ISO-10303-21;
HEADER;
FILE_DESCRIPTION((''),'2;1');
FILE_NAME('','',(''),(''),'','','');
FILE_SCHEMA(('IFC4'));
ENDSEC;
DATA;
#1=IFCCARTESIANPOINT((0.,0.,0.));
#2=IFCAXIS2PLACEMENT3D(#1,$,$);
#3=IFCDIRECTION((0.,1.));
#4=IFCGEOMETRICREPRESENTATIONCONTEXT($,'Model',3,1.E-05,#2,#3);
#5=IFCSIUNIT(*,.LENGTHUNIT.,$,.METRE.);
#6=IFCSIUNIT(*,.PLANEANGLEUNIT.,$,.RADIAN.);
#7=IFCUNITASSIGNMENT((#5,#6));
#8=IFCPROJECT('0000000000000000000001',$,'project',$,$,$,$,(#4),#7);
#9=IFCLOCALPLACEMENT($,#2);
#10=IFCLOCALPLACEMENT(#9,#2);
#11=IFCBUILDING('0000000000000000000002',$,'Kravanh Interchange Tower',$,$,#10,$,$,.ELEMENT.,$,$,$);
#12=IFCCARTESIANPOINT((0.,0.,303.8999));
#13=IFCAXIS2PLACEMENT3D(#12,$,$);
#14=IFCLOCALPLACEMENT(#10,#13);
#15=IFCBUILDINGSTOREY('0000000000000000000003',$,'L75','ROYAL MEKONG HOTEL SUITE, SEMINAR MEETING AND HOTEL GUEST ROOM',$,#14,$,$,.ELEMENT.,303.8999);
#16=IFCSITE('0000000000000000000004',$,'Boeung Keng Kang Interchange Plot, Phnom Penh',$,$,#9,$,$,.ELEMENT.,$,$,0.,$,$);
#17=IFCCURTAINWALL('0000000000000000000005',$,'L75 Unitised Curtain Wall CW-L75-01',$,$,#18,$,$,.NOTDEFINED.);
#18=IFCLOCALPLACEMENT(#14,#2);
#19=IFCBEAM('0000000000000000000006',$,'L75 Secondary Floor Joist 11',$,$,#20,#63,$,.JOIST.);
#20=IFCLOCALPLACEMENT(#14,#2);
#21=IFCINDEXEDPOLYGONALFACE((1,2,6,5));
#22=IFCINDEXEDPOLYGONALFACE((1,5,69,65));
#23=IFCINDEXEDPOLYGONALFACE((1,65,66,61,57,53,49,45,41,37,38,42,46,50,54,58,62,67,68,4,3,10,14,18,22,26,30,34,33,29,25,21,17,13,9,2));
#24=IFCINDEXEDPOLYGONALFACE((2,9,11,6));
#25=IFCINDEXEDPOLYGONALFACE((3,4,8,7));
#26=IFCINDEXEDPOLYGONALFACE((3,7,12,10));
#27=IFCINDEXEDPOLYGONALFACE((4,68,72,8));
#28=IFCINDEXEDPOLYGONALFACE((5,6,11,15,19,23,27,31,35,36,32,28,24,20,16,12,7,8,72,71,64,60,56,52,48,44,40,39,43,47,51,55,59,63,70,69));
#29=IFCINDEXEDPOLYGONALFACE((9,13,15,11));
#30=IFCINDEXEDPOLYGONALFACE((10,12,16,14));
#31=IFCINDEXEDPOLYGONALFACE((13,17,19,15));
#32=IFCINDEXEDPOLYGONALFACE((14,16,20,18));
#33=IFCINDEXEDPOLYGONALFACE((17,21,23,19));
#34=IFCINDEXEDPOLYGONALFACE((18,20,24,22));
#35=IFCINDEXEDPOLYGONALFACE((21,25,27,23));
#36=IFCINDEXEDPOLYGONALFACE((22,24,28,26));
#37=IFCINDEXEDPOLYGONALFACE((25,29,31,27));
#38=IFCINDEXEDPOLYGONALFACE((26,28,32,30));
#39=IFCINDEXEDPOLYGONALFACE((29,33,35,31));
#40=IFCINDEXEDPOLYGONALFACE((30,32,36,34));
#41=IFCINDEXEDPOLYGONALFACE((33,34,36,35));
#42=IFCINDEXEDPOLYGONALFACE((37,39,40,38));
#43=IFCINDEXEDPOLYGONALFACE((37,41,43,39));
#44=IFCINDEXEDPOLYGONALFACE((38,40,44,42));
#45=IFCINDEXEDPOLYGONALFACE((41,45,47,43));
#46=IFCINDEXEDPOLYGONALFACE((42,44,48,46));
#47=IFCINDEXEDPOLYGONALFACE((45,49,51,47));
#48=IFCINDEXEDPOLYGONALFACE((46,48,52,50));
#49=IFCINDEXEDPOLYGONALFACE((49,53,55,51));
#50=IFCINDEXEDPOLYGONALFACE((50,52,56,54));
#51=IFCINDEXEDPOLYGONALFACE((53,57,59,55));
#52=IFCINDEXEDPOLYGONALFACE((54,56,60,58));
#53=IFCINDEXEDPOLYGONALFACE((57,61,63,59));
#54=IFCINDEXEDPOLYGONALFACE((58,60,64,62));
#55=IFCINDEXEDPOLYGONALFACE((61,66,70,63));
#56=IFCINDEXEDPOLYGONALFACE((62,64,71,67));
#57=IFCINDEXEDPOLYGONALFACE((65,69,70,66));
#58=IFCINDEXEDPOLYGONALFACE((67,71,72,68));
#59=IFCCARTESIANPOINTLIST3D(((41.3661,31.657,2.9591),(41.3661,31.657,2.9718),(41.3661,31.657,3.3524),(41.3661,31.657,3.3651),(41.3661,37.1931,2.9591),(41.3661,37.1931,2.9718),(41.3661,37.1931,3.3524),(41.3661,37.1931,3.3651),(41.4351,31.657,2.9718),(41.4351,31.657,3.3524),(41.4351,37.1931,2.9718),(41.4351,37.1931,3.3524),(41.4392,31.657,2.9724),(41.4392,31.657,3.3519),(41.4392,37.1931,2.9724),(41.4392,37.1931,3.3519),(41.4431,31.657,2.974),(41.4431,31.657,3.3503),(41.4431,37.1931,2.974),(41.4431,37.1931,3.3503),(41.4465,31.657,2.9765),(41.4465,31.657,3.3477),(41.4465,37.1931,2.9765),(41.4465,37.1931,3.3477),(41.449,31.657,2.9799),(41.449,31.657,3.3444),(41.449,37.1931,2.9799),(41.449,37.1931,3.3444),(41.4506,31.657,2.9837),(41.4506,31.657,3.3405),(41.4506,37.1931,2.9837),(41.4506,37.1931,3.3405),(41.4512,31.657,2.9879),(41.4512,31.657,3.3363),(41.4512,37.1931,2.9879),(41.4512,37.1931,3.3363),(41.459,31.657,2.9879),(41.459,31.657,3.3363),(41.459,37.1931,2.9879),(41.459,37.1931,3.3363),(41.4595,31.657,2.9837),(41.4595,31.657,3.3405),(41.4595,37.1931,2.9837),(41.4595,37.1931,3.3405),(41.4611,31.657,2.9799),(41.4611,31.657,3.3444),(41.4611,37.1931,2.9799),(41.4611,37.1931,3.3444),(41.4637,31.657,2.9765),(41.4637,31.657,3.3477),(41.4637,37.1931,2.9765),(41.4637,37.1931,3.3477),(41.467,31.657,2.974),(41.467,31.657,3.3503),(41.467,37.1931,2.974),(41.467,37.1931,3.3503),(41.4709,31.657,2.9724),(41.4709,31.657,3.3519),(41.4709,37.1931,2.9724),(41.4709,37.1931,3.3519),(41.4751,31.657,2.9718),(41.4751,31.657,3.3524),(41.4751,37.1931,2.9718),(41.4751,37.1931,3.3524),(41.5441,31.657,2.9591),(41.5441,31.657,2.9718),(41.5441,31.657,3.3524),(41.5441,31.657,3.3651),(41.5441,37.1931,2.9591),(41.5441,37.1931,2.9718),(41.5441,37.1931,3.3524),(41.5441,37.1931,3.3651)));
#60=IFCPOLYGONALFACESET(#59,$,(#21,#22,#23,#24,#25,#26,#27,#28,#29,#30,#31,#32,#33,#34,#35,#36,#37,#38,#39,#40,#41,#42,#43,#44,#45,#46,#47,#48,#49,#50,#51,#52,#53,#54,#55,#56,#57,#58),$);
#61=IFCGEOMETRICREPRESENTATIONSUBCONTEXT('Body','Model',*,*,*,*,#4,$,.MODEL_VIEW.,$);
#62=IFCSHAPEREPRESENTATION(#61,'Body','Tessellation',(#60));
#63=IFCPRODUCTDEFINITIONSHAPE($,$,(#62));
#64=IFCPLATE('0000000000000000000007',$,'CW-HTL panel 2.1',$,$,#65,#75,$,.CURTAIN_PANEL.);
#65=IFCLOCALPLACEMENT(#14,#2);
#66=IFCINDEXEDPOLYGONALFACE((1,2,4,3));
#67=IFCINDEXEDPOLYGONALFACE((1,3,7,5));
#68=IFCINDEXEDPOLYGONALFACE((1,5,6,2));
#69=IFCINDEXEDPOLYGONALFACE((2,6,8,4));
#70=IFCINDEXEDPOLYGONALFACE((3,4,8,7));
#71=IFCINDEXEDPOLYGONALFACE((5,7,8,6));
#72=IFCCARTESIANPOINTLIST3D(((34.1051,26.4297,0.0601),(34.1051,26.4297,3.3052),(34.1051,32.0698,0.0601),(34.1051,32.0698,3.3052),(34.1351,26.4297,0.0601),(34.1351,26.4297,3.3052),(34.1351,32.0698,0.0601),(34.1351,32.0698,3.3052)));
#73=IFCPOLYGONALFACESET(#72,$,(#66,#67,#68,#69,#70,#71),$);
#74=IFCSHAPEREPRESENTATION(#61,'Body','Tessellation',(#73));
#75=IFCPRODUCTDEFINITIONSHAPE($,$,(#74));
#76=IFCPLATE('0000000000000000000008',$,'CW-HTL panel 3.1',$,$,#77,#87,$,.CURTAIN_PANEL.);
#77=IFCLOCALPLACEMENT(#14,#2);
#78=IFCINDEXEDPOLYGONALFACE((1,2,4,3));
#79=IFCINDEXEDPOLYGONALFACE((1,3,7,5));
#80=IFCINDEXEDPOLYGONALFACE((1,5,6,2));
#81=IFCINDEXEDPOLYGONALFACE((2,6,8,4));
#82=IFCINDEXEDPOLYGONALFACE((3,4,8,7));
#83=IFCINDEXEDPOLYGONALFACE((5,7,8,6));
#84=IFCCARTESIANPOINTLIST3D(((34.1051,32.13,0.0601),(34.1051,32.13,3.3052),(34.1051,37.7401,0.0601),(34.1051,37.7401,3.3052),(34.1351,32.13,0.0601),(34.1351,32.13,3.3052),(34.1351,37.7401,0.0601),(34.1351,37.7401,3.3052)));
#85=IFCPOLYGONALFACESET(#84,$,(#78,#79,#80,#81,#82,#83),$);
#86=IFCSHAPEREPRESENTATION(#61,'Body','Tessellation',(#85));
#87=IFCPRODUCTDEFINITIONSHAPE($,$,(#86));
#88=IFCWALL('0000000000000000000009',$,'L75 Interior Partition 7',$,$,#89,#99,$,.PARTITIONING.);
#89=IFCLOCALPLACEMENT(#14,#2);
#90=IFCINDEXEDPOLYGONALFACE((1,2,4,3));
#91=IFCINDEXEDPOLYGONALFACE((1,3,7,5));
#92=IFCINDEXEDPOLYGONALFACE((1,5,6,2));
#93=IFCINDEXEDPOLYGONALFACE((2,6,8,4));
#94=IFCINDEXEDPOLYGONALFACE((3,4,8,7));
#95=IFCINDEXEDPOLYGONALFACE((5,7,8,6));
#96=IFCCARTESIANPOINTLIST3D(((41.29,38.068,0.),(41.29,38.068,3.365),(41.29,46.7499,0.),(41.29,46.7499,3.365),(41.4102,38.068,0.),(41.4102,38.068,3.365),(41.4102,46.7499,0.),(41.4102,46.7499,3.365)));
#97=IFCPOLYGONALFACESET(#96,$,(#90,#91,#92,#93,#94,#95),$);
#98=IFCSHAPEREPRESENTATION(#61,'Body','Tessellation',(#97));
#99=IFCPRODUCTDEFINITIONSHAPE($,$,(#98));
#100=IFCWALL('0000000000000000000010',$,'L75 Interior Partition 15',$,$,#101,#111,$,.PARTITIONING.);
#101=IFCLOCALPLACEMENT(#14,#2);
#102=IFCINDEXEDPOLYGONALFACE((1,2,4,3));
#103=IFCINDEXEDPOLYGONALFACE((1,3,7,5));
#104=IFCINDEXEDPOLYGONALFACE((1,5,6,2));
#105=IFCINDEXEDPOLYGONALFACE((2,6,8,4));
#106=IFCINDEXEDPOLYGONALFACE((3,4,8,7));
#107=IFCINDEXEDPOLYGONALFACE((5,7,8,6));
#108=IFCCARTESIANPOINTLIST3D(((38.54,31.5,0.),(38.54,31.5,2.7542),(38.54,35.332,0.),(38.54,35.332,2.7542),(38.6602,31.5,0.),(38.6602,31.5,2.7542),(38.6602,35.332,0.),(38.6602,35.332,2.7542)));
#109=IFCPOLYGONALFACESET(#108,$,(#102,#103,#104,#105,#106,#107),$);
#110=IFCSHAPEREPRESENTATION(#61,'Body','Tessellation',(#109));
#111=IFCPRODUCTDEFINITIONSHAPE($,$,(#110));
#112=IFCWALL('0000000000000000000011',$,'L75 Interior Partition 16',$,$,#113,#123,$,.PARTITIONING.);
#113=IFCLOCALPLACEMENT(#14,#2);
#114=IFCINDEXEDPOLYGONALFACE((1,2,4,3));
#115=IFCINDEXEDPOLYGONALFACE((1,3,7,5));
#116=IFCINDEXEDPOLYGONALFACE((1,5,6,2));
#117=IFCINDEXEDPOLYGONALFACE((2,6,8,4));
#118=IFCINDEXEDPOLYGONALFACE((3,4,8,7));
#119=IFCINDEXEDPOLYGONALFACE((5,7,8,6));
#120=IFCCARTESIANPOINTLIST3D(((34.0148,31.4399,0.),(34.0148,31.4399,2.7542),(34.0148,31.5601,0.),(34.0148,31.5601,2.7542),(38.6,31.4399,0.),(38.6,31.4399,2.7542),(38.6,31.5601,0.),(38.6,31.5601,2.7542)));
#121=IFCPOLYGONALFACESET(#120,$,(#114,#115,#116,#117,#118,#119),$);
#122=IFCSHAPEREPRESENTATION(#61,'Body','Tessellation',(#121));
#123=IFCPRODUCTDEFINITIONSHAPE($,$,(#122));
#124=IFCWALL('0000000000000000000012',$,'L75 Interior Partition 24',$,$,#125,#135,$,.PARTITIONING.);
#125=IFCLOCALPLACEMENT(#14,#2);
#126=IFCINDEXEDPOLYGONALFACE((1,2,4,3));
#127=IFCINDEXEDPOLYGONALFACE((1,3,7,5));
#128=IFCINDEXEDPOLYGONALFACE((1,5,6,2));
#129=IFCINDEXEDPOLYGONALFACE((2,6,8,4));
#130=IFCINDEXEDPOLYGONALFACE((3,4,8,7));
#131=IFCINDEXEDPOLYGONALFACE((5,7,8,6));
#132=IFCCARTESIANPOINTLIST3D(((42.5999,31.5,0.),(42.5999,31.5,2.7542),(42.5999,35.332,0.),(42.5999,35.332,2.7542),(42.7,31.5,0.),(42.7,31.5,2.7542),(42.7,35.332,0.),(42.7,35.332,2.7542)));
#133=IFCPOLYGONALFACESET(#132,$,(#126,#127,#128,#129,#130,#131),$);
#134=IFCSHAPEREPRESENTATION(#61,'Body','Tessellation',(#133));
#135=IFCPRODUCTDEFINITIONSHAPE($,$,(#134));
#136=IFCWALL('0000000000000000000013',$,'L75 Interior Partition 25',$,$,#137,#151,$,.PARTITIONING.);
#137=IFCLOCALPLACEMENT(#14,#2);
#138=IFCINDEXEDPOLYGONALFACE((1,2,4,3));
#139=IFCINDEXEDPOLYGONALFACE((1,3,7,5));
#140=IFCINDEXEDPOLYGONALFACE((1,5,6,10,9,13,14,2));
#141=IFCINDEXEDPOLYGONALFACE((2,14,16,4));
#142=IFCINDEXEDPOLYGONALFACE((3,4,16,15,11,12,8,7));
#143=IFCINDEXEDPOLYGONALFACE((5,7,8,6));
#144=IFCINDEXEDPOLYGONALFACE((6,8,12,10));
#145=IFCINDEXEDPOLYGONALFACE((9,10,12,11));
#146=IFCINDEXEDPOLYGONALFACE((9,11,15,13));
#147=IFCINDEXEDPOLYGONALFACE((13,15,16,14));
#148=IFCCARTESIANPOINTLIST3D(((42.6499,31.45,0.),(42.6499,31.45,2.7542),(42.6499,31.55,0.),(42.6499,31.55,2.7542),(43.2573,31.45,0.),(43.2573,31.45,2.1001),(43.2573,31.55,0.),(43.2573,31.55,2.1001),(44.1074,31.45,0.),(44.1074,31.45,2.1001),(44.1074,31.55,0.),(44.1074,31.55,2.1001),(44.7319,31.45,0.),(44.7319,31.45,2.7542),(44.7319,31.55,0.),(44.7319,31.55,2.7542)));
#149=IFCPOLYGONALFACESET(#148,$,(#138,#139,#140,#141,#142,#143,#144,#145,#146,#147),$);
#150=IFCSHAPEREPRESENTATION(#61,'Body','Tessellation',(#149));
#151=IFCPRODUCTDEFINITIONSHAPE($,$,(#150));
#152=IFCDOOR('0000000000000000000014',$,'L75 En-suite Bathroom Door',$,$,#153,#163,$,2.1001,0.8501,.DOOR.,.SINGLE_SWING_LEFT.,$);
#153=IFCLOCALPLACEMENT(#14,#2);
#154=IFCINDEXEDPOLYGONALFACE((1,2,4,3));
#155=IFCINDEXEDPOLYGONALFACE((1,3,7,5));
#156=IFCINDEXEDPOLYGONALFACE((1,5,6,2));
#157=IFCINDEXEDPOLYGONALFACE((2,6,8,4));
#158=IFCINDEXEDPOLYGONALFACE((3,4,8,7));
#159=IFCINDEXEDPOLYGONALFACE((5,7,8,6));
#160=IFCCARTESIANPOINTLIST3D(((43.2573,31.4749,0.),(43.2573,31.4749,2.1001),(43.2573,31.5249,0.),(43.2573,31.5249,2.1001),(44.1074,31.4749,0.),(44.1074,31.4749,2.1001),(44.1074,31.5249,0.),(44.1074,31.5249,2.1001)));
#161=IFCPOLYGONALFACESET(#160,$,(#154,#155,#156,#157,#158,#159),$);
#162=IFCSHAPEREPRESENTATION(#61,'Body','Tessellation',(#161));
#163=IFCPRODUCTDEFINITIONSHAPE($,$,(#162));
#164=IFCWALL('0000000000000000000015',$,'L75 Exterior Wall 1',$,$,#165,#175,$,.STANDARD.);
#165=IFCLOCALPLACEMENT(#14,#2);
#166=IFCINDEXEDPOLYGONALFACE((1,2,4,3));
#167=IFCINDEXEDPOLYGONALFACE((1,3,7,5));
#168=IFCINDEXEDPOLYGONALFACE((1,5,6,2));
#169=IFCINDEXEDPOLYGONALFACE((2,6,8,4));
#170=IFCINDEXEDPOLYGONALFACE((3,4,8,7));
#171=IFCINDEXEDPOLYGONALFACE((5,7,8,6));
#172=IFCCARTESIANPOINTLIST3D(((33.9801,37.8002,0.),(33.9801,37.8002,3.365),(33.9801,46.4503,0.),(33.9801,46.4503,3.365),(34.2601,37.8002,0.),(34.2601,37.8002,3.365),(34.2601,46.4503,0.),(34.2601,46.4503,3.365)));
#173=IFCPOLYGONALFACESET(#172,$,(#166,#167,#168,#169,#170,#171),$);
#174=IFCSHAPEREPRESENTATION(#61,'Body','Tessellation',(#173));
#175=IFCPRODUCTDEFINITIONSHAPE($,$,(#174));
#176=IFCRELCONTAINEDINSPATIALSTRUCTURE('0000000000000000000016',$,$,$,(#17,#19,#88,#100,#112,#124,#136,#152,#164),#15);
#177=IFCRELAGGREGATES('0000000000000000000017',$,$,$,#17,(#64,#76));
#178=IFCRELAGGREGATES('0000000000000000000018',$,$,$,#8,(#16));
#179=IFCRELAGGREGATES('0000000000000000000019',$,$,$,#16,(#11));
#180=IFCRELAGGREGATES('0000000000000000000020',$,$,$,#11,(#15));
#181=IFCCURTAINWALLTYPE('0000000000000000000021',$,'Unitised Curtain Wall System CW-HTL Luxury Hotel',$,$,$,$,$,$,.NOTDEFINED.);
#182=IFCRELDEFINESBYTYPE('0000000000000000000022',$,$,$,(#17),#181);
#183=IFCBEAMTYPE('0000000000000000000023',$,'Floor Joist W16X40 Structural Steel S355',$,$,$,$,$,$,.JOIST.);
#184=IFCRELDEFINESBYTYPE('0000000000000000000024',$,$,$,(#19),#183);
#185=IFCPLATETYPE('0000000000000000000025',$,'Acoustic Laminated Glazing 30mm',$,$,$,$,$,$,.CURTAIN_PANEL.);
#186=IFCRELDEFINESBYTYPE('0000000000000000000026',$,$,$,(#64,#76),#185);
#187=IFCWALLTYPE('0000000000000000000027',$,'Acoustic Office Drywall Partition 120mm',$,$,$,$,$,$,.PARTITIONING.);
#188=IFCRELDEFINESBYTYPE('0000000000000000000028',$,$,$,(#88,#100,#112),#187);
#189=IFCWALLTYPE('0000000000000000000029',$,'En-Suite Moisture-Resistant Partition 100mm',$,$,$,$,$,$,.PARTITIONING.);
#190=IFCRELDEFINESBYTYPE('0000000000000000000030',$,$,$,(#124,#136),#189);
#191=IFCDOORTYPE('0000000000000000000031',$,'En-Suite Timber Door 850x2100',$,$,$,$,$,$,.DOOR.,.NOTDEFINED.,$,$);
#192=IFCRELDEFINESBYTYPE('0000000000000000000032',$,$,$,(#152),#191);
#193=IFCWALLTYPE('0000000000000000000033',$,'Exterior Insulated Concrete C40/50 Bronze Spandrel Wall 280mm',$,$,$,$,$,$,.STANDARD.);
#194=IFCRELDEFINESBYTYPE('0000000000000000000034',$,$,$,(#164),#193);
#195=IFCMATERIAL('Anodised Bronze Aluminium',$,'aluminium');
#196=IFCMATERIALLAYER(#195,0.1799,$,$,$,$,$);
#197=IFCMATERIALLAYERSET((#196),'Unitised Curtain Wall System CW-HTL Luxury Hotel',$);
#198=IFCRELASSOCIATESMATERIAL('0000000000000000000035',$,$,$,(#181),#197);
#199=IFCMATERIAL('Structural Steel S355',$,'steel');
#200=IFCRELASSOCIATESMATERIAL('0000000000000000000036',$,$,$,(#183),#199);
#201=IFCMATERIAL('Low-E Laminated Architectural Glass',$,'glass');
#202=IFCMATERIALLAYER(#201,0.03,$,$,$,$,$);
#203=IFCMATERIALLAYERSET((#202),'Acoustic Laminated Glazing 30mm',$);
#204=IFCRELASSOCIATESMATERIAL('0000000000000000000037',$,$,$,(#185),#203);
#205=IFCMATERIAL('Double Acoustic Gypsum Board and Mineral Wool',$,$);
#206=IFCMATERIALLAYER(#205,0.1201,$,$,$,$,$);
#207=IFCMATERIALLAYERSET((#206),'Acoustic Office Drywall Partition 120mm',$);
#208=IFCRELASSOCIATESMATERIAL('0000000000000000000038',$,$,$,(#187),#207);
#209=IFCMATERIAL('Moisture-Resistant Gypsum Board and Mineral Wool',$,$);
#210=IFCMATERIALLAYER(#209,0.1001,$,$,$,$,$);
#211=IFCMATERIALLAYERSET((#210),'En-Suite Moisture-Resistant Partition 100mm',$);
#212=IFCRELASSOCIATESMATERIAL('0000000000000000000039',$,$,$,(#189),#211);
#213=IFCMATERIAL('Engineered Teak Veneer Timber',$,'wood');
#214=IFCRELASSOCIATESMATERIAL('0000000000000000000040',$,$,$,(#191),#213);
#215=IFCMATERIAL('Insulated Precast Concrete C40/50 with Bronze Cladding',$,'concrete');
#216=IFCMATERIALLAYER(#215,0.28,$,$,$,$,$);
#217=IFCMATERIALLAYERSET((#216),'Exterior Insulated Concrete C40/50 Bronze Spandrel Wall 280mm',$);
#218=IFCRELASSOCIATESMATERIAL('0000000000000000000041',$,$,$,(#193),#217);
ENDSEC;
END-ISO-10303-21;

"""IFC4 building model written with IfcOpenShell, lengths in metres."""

from ifc_helpers import new_model, si_unit, direction, frame, frame_2d, origin, origin_2d, place, context, subcontext, project, spatial, rectangle, i_section, extrude, material, layer, layer_set, material_profile, profile_set, type_object, element, fill, aggregate, save


model = new_model("IFC4")

# Units and contexts
model_context = context("Model", 3, precision=1e-05, world=origin(), true_north=direction((0.0, 1.0)))
body_context = subcontext(model_context, "Body", "Model", "MODEL_VIEW")
ifc_project = project(units=[si_unit("LENGTHUNIT", "METRE"), si_unit("PLANEANGLEUNIT", "RADIAN")], contexts=[model_context])

# Site, building, storey
site_placement = place(None, origin())
site = spatial("IfcSite", under=ifc_project, at=site_placement, Name="Boeung Keng Kang Interchange Plot, Phnom Penh", CompositionType="ELEMENT", RefElevation=0.0)
building_placement = place(site_placement, origin())
building = spatial("IfcBuilding", under=site, at=building_placement, Name="Kravanh Interchange Tower", CompositionType="ELEMENT")
storey_placement = place(building_placement, frame((0.0, 0.0, 303.8999)))
storey = spatial("IfcBuildingStorey", under=building, at=storey_placement, Name="L75", Description="ROYAL MEKONG HOTEL SUITE, SEMINAR MEETING AND HOTEL GUEST ROOM", CompositionType="ELEMENT", Elevation=303.8999)

# Curtain wall
ifc_material_1 = material(Name="Anodised Bronze Aluminium", Category="aluminium")
ifc_layer_1 = layer(ifc_material_1, 0.1799)
ifc_layer_set_1 = layer_set([ifc_layer_1], Name="Unitised Curtain Wall System CW-HTL Luxury Hotel")
curtain_wall_type = type_object("IfcCurtainWallType", Name="Unitised Curtain Wall System CW-HTL Luxury Hotel", PredefinedType="NOTDEFINED", material=ifc_layer_set_1)
curtain_wall_placement = place(storey_placement, origin())
curtain_wall = element("IfcCurtainWall", 1, at=curtain_wall_placement, inside=storey, type_object=curtain_wall_type, Name="L75 Unitised Curtain Wall CW-L75-01", PredefinedType="NOTDEFINED")

# Beam
ifc_material_2 = material(Name="Structural Steel S355", Category="steel")
ifc_material_profile_1 = material_profile(ifc_material_2, i_section(OverallWidth=0.178, OverallDepth=0.406, WebThickness=0.0078, FlangeThickness=0.0127, FilletRadius=0.0161, at=origin_2d()), Name="W16X40")
ifc_profile_set_1 = profile_set([ifc_material_profile_1], Name="Structural Steel S355")
beam_type_1 = type_object("IfcBeamType", Name="Floor Joist W16X40 Structural Steel S355", PredefinedType="JOIST", material=ifc_profile_set_1)
for number, where, z_axis, x_axis, name in (
    (2, (41.4551, 31.657, 3.1621), (0.0, 1.0, 0.0), (-1.0, 0.0, 0.0), "L75 Secondary Floor Joist 11"),
):
    element("IfcBeam", number, at=place(storey_placement, frame(where, z_axis=z_axis, x_axis=x_axis)), inside=storey, type_object=beam_type_1, Name=name, PredefinedType="JOIST", context=body_context, shape_type="SweptSolid", body=[
        extrude(i_section(OverallWidth=0.178, OverallDepth=0.406, WebThickness=0.0078, FlangeThickness=0.0127, FilletRadius=0.0161, at=origin_2d()), origin(), (0.0, 0.0, 1.0), 5.5361),
    ])

# Plates
ifc_material_3 = material(Name="Low-E Laminated Architectural Glass", Category="glass")
ifc_layer_2 = layer(ifc_material_3, 0.03)
ifc_layer_set_2 = layer_set([ifc_layer_2], Name="Acoustic Laminated Glazing 30mm")
plate_type = type_object("IfcPlateType", Name="Acoustic Laminated Glazing 30mm", PredefinedType="CURTAIN_PANEL", material=ifc_layer_set_2)
plate_1_placement = place(storey_placement, frame((34.1201, 29.2498, 0.0601), z_axis=(0.0, 0.0, 1.0), x_axis=(0.0, 1.0, 0.0)))
plate_1 = element("IfcPlate", 3, at=plate_1_placement, type_object=plate_type, Name="CW-HTL panel 2.1", PredefinedType="CURTAIN_PANEL", context=body_context, shape_type="SweptSolid", body=[
    extrude(rectangle(XDim=5.6401, YDim=0.03, at=origin_2d()), origin(), (0.0, 0.0, 1.0), 3.2451),
])
plate_2_placement = place(storey_placement, frame((34.1201, 34.9351, 0.0601), z_axis=(0.0, 0.0, 1.0), x_axis=(0.0, 1.0, 0.0)))
plate_2 = element("IfcPlate", 4, at=plate_2_placement, type_object=plate_type, Name="CW-HTL panel 3.1", PredefinedType="CURTAIN_PANEL", context=body_context, shape_type="SweptSolid", body=[
    extrude(rectangle(XDim=5.6101, YDim=0.03, at=origin_2d()), origin(), (0.0, 0.0, 1.0), 3.2451),
])
aggregate(curtain_wall, [plate_1, plate_2])

# Walls
ifc_material_4 = material(Name="Double Acoustic Gypsum Board and Mineral Wool")
ifc_layer_3 = layer(ifc_material_4, 0.1201)
ifc_layer_set_3 = layer_set([ifc_layer_3], Name="Acoustic Office Drywall Partition 120mm")
wall_type_1 = type_object("IfcWallType", Name="Acoustic Office Drywall Partition 120mm", PredefinedType="PARTITIONING", material=ifc_layer_set_3)
wall_1_placement = place(storey_placement, frame((41.3501, 38.0681, 0.0), z_axis=(0.0, 0.0, 1.0), x_axis=(0.0, 1.0, 0.0)))
element("IfcWall", 5, at=wall_1_placement, inside=storey, type_object=wall_type_1, Name="L75 Interior Partition 7", PredefinedType="PARTITIONING", context=body_context, shape_type="SweptSolid", body=[
    extrude(rectangle(XDim=8.6819, YDim=0.1201, at=frame_2d((4.3408, 0.0))), origin(), (0.0, 0.0, 1.0), 3.365),
])
wall_2_placement = place(storey_placement, frame((38.6001, 31.5, 0.0), z_axis=(0.0, 0.0, 1.0), x_axis=(0.0, 1.0, 0.0)))
element("IfcWall", 6, at=wall_2_placement, inside=storey, type_object=wall_type_1, Name="L75 Interior Partition 15", PredefinedType="PARTITIONING", context=body_context, shape_type="SweptSolid", body=[
    extrude(rectangle(XDim=3.832, YDim=0.1201, at=frame_2d((1.916, 0.0))), origin(), (0.0, 0.0, 1.0), 2.7542),
])
wall_3_placement = place(storey_placement, frame((34.0149, 31.5, 0.0), z_axis=(0.0, 0.0, 1.0), x_axis=(1.0, 0.0, 0.0)))
element("IfcWall", 7, at=wall_3_placement, inside=storey, type_object=wall_type_1, Name="L75 Interior Partition 16", PredefinedType="PARTITIONING", context=body_context, shape_type="SweptSolid", body=[
    extrude(rectangle(XDim=4.5852, YDim=0.1201, at=frame_2d((2.2925, 0.0))), origin(), (0.0, 0.0, 1.0), 2.7542),
])
ifc_material_5 = material(Name="Moisture-Resistant Gypsum Board and Mineral Wool")
ifc_layer_4 = layer(ifc_material_5, 0.1001)
ifc_layer_set_4 = layer_set([ifc_layer_4], Name="En-Suite Moisture-Resistant Partition 100mm")
wall_type_2 = type_object("IfcWallType", Name="En-Suite Moisture-Resistant Partition 100mm", PredefinedType="PARTITIONING", material=ifc_layer_set_4)
wall_4_placement = place(storey_placement, frame((42.6499, 31.5, 0.0), z_axis=(0.0, 0.0, 1.0), x_axis=(0.0, 1.0, 0.0)))
element("IfcWall", 8, at=wall_4_placement, inside=storey, type_object=wall_type_2, Name="L75 Interior Partition 24", PredefinedType="PARTITIONING", context=body_context, shape_type="SweptSolid", body=[
    extrude(rectangle(XDim=3.832, YDim=0.1001, at=frame_2d((1.916, 0.0))), origin(), (0.0, 0.0, 1.0), 2.7542),
])

# Wall, opening, door
wall_5_placement = place(storey_placement, frame((42.6499, 31.5, 0.0), z_axis=(0.0, 0.0, 1.0), x_axis=(1.0, 0.0, 0.0)))
wall_5 = element("IfcWall", 9, at=wall_5_placement, inside=storey, type_object=wall_type_2, Name="L75 Interior Partition 25", PredefinedType="PARTITIONING", context=body_context, shape_type="SweptSolid", body=[
    extrude(rectangle(XDim=2.082, YDim=0.1001, at=frame_2d((1.041, 0.0))), origin(), (0.0, 0.0, 1.0), 2.7542),
])
opening_1_placement = place(wall_5_placement, frame((0.6074, 0.0, 0.0)))
opening_1 = element("IfcOpeningElement", 10, at=opening_1_placement, cuts=wall_5, PredefinedType="OPENING", context=body_context, shape_type="SweptSolid", body=[
    extrude(rectangle(XDim=0.8501, YDim=2.1001, at=frame_2d((0.425, 1.05))), frame((0.0, 0.0601, 0.0), z_axis=(0.0, -1.0, 0.0), x_axis=(1.0, 0.0, 0.0)), (0.0, 0.0, 1.0), 0.1201),
])
ifc_material_6 = material(Name="Engineered Teak Veneer Timber", Category="wood")
door_type_1 = type_object("IfcDoorType", Name="En-Suite Timber Door 850x2100", OperationType="NOTDEFINED", PredefinedType="DOOR", material=ifc_material_6)
door_1_placement = place(opening_1_placement, origin())
door_1 = element("IfcDoor", 11, at=door_1_placement, inside=storey, type_object=door_type_1, Name="L75 En-suite Bathroom Door", OperationType="SINGLE_SWING_LEFT", OverallHeight=2.1001, OverallWidth=0.8501, PredefinedType="DOOR", context=body_context, shape_type="SweptSolid", body=[
    extrude(rectangle(XDim=0.8501, YDim=2.1001, at=frame_2d((0.425, 1.05))), frame((0.0, 0.0249, 0.0), z_axis=(0.0, -1.0, 0.0), x_axis=(1.0, 0.0, 0.0)), (0.0, 0.0, 1.0), 0.05),
])
fill(opening_1, door_1)

# Wall
ifc_material_7 = material(Name="Insulated Precast Concrete C40/50 with Bronze Cladding", Category="concrete")
ifc_layer_5 = layer(ifc_material_7, 0.28)
ifc_layer_set_5 = layer_set([ifc_layer_5], Name="Exterior Insulated Concrete C40/50 Bronze Spandrel Wall 280mm")
wall_type_3 = type_object("IfcWallType", Name="Exterior Insulated Concrete C40/50 Bronze Spandrel Wall 280mm", PredefinedType="STANDARD", material=ifc_layer_set_5)
wall_6_placement = place(storey_placement, frame((34.1201, 37.8, 0.0), z_axis=(0.0, 0.0, 1.0), x_axis=(0.0, 1.0, 0.0)))
element("IfcWall", 12, at=wall_6_placement, inside=storey, type_object=wall_type_3, Name="L75 Exterior Wall 1", PredefinedType="STANDARD", context=body_context, shape_type="SweptSolid", body=[
    extrude(rectangle(XDim=8.6501, YDim=0.28, at=frame_2d((4.3252, 0.0))), origin(), (0.0, 0.0, 1.0), 3.365),
])

save(model, "model.ifc")
